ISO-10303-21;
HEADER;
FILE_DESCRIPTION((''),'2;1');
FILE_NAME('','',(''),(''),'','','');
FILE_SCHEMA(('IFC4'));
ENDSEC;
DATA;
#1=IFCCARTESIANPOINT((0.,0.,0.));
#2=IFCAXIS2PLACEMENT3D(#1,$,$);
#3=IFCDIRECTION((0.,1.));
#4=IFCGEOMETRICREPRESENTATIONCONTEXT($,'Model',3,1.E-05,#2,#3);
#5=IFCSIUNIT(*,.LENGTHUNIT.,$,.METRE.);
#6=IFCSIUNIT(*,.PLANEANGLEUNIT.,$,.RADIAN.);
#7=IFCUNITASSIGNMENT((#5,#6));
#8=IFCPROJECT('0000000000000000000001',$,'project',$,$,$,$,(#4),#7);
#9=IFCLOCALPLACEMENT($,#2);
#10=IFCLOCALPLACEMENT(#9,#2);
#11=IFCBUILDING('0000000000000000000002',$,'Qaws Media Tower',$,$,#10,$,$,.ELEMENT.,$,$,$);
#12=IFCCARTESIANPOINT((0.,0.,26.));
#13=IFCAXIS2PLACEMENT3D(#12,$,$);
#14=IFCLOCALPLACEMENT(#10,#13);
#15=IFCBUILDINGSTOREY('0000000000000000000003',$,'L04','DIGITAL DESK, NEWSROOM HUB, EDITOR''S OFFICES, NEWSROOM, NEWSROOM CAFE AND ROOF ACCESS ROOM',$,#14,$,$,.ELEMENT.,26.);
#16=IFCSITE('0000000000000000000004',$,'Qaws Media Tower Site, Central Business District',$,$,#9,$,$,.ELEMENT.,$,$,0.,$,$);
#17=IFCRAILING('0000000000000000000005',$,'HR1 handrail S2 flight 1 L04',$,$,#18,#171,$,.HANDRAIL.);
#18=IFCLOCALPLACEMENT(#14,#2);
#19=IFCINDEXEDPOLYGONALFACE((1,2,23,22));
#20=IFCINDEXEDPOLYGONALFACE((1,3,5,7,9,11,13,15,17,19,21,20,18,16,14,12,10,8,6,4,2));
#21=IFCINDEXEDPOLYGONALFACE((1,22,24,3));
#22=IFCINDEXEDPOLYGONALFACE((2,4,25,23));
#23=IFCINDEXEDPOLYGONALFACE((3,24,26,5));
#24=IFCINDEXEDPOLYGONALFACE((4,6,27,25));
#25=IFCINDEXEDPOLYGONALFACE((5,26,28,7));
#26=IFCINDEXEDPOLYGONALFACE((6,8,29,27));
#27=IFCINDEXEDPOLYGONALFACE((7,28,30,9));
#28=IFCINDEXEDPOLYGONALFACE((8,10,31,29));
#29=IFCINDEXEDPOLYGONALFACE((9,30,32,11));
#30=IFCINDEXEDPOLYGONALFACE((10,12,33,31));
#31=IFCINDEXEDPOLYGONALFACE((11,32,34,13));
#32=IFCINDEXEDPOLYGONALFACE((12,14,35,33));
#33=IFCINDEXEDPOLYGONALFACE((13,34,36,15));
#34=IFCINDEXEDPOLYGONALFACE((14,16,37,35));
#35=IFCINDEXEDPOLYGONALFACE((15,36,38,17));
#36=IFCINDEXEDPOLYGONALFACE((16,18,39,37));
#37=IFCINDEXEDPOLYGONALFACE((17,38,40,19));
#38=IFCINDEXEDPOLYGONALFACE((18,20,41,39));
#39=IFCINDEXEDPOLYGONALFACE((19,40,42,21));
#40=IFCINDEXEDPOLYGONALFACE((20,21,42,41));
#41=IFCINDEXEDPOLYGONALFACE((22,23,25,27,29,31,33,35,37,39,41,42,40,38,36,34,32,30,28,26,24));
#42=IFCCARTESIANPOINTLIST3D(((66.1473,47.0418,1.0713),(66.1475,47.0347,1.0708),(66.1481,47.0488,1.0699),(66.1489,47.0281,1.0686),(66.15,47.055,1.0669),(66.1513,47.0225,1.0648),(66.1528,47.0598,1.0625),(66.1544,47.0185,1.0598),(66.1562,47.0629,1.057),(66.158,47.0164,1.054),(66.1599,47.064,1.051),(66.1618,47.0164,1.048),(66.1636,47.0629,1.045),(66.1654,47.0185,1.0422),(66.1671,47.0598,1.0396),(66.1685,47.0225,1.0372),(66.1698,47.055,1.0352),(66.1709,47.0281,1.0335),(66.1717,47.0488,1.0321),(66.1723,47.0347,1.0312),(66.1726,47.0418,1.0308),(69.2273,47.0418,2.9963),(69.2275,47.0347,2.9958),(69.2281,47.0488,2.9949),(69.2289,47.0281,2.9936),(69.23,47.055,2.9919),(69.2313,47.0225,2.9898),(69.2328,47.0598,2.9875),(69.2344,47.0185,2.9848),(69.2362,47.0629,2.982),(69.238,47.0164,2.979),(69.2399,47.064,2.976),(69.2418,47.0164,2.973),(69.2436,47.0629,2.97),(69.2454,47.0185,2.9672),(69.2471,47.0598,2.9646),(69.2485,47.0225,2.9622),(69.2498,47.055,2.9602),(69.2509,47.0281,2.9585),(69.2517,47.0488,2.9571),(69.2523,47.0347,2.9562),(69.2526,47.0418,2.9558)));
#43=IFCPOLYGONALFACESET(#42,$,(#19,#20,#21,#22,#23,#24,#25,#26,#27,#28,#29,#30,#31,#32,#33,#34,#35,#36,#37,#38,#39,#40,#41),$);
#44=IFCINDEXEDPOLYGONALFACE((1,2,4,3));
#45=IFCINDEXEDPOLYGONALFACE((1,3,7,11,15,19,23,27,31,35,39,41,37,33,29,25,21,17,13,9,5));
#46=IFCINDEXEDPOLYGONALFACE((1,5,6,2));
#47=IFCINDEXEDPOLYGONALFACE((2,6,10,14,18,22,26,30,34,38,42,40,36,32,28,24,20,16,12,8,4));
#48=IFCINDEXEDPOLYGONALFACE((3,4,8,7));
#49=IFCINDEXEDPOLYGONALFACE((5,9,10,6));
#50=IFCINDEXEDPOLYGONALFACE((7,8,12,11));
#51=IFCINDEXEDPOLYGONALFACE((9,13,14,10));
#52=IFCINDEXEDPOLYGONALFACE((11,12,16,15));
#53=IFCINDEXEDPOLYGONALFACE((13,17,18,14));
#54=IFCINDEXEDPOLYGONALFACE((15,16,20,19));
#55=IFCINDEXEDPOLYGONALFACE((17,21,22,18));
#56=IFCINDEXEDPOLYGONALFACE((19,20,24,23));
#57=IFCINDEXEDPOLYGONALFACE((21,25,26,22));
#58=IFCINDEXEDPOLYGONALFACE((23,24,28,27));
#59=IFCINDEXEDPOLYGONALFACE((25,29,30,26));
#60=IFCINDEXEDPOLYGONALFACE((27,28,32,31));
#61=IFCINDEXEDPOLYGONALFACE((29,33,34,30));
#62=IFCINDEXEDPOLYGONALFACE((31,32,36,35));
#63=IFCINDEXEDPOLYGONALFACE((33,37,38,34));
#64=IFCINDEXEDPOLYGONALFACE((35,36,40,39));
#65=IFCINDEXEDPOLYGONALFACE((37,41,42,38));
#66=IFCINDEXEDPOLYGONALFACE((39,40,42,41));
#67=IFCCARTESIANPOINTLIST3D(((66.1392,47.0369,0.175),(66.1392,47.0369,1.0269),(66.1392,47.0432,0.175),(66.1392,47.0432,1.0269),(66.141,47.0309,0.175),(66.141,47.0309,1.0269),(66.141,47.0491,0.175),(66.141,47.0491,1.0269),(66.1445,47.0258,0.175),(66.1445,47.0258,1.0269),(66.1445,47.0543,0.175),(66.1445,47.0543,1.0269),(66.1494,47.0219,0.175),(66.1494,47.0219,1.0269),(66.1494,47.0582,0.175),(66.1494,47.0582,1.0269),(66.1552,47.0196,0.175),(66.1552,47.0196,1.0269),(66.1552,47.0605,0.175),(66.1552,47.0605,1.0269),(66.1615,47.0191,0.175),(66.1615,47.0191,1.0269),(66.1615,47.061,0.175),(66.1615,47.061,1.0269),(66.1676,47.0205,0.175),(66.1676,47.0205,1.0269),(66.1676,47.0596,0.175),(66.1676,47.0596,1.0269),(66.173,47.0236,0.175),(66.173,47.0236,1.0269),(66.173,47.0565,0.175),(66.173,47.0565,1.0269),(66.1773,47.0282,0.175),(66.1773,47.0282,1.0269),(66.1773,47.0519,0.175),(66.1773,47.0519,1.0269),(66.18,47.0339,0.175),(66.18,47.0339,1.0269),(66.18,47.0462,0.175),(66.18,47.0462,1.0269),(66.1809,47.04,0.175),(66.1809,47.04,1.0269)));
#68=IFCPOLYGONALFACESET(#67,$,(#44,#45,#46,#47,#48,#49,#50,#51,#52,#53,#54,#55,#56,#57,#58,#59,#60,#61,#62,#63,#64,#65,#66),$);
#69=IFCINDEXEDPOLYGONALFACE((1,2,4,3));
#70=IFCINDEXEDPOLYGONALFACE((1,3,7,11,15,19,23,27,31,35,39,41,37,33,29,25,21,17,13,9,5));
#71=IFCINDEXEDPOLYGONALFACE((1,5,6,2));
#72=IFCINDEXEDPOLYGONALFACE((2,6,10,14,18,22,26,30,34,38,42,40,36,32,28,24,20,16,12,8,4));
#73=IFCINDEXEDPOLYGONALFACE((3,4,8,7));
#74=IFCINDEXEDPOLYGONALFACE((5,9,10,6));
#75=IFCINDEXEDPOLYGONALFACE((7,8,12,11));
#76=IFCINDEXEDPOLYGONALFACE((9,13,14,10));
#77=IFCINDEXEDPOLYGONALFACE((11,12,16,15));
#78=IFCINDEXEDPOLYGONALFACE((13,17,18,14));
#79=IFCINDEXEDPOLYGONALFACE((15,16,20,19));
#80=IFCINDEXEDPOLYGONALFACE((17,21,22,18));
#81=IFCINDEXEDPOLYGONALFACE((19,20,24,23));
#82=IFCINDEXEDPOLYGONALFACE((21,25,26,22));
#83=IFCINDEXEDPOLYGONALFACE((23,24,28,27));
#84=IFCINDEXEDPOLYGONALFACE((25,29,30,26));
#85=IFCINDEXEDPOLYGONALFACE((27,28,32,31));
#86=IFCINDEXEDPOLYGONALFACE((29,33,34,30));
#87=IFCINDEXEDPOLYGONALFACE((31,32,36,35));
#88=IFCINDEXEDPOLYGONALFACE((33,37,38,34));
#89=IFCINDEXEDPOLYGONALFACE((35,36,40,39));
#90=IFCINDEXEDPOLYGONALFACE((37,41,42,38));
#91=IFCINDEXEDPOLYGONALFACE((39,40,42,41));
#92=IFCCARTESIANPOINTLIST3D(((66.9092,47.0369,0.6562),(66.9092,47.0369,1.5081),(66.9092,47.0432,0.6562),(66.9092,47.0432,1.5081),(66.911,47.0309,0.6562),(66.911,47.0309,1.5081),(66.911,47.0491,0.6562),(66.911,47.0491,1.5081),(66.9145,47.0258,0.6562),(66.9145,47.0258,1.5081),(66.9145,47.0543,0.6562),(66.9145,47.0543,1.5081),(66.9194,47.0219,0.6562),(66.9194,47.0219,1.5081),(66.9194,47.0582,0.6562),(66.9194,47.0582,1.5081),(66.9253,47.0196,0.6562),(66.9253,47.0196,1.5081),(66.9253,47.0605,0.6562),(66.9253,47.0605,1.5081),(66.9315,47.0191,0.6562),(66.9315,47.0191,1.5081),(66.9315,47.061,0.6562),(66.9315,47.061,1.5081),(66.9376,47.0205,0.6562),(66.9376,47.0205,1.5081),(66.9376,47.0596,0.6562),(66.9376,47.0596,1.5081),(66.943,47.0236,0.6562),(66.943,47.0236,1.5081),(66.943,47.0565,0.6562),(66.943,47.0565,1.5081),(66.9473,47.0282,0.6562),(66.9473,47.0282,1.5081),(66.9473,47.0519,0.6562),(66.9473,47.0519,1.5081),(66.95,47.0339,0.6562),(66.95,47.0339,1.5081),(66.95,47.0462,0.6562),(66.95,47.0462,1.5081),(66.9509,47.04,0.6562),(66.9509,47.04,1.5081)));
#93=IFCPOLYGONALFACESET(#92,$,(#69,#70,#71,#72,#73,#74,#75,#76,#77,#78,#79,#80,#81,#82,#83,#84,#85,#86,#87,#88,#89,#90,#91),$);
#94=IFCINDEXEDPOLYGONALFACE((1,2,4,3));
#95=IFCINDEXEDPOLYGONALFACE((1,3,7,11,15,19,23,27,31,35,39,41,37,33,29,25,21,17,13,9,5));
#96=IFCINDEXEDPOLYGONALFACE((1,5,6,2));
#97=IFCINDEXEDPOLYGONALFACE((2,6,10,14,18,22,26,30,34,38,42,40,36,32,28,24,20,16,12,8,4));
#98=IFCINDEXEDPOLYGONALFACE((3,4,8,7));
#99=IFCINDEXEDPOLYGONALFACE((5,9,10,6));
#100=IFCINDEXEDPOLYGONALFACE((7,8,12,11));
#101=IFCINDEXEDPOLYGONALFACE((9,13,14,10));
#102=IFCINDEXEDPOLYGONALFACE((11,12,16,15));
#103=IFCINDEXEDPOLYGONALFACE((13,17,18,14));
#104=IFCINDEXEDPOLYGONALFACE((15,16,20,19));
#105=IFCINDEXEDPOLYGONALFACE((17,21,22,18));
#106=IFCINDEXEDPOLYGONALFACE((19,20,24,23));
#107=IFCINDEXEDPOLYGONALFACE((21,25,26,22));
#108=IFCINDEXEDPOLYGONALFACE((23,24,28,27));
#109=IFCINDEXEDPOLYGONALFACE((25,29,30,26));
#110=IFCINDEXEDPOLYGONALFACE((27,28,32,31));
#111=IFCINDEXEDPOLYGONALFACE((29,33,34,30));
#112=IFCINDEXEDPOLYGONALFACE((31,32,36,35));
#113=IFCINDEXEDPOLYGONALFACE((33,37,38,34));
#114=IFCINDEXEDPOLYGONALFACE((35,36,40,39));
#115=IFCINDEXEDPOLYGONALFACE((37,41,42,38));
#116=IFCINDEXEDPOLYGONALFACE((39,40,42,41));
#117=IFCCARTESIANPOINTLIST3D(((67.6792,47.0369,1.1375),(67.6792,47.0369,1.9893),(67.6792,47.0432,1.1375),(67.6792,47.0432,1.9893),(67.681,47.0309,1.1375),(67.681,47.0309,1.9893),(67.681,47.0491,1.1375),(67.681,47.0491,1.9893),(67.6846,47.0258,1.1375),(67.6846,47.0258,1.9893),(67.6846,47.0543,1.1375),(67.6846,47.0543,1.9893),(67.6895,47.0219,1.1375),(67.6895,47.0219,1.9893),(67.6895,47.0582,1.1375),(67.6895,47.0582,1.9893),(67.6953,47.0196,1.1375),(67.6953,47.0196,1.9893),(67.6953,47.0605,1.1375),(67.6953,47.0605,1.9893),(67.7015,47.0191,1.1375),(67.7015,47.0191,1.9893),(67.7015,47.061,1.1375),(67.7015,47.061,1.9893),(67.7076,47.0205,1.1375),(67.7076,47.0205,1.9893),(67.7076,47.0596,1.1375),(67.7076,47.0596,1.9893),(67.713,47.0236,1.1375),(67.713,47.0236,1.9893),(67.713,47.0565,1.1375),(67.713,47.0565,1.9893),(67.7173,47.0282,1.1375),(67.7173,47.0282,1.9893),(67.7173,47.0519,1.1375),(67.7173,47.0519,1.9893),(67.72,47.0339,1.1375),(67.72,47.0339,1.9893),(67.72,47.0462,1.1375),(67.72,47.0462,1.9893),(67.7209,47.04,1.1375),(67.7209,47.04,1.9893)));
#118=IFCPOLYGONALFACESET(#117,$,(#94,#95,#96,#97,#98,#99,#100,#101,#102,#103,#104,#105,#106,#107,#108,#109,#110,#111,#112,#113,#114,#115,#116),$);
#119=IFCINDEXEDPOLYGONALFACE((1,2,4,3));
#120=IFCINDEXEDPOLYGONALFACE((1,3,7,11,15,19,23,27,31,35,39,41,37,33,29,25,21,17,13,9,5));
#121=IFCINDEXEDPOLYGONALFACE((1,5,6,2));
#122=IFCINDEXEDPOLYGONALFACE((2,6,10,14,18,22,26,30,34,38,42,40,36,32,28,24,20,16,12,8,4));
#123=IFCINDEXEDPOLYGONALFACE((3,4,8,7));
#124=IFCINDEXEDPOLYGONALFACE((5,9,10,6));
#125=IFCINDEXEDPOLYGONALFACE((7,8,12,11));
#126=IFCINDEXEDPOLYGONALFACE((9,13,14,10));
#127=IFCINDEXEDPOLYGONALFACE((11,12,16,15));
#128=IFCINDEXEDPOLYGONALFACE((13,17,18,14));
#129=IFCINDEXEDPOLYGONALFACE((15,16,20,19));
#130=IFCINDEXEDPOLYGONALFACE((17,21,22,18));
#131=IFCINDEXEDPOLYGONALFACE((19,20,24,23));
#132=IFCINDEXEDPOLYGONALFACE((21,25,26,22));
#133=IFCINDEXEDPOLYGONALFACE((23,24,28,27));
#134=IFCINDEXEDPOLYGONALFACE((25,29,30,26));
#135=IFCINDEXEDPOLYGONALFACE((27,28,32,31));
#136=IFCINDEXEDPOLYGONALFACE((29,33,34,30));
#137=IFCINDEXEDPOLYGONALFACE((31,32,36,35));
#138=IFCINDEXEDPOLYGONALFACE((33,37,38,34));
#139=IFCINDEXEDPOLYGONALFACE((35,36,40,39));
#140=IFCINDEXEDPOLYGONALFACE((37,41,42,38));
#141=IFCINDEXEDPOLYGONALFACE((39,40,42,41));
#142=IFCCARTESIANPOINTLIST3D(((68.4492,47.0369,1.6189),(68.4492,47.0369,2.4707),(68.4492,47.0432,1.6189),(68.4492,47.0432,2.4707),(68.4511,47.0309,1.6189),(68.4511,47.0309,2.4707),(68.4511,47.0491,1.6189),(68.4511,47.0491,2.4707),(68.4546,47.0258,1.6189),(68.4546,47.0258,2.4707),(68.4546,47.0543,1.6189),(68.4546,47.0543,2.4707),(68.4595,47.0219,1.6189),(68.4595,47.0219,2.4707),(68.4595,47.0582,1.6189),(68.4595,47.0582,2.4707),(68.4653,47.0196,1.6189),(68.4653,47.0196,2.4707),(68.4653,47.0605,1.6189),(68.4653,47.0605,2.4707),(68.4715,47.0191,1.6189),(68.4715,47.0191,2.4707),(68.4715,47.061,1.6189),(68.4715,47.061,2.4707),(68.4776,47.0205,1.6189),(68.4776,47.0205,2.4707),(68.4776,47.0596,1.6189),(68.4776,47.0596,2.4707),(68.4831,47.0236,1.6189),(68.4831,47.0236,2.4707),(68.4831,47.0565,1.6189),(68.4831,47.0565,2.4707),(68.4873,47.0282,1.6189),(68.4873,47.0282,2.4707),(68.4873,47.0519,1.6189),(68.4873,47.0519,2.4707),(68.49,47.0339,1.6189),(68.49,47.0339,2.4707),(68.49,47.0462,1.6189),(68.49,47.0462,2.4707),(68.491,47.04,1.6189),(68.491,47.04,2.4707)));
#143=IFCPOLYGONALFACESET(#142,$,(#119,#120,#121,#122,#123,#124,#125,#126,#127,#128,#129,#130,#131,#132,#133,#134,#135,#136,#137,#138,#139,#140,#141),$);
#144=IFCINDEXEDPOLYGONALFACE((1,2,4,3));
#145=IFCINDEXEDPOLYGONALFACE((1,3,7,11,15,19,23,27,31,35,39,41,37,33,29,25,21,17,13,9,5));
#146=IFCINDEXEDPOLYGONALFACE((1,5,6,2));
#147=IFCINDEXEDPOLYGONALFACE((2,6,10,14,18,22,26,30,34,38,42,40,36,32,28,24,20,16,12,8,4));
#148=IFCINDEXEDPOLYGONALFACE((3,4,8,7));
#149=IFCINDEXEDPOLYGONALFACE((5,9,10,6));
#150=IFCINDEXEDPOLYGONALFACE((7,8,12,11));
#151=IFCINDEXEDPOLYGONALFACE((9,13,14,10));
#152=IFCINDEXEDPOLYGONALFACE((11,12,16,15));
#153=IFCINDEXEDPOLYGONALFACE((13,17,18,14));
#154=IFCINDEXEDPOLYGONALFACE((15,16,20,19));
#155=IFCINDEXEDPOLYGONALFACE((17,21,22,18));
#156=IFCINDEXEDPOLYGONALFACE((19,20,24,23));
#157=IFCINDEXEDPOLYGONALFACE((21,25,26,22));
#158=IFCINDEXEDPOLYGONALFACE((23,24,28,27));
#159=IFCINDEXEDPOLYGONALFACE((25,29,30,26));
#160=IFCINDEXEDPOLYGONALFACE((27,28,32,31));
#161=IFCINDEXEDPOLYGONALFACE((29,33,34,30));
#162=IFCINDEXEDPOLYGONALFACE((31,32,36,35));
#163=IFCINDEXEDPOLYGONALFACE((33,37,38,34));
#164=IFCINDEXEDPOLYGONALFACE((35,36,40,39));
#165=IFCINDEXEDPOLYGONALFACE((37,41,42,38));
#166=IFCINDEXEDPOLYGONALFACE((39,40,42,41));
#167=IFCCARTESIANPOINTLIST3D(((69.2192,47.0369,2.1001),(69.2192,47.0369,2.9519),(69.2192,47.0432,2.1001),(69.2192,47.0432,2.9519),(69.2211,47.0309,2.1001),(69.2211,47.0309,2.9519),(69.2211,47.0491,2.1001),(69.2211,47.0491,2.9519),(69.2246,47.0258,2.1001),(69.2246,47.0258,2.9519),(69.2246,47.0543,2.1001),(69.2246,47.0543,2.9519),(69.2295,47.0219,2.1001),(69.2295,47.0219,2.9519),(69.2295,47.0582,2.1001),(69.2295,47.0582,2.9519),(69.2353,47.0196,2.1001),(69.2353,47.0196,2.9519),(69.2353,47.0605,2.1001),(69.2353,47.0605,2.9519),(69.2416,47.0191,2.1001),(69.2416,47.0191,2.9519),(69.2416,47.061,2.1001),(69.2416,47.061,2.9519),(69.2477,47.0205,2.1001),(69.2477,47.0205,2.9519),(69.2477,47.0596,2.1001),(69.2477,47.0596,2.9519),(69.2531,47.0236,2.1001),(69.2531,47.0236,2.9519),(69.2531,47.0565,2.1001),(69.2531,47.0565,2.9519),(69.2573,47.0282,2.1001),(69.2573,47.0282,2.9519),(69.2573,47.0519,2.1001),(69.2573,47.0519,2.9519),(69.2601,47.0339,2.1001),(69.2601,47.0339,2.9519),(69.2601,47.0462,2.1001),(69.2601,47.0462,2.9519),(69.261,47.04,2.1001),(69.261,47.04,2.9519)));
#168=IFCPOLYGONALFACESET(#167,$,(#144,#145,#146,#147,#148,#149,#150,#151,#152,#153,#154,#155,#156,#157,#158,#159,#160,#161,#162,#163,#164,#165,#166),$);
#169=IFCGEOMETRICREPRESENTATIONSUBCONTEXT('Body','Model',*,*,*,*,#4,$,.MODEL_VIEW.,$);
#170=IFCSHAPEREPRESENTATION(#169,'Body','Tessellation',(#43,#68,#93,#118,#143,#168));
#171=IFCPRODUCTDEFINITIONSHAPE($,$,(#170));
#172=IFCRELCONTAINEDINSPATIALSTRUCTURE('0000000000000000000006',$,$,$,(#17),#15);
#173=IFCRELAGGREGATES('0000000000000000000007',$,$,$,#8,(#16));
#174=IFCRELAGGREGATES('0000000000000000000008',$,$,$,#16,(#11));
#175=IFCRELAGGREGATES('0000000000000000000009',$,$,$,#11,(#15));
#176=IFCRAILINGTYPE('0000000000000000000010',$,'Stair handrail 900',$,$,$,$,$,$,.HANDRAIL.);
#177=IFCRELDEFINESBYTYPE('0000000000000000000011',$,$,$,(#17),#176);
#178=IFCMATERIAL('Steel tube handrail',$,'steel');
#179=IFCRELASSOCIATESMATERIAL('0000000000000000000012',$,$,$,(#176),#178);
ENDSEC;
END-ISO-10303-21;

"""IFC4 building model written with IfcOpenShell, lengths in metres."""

from ifc_helpers import new_model, si_unit, direction, frame, origin, origin_2d, place, context, subcontext, project, spatial, circle, extrude, material, type_object, element, save


model = new_model("IFC4")

# Units and contexts
model_context = context("Model", 3, precision=1e-05, world=origin(), true_north=direction((0.0, 1.0)))
body_context = subcontext(model_context, "Body", "Model", "MODEL_VIEW")
ifc_project = project(units=[si_unit("LENGTHUNIT", "METRE"), si_unit("PLANEANGLEUNIT", "RADIAN")], contexts=[model_context])

# Site, building, storey
site_placement = place(None, origin())
site = spatial("IfcSite", under=ifc_project, at=site_placement, Name="Qaws Media Tower Site, Central Business District", CompositionType="ELEMENT", RefElevation=0.0)
building_placement = place(site_placement, origin())
building = spatial("IfcBuilding", under=site, at=building_placement, Name="Qaws Media Tower", CompositionType="ELEMENT")
storey_placement = place(building_placement, frame((0.0, 0.0, 26.0)))
storey = spatial("IfcBuildingStorey", under=building, at=storey_placement, Name="L04", Description="DIGITAL DESK, NEWSROOM HUB, EDITOR'S OFFICES, NEWSROOM, NEWSROOM CAFE AND ROOF ACCESS ROOM", CompositionType="ELEMENT", Elevation=26.0)

# Railing
ifc_material_1 = material(Name="Steel tube handrail", Category="steel")
railing_type = type_object("IfcRailingType", Name="Stair handrail 900", PredefinedType="HANDRAIL", material=ifc_material_1)
for number, where, name in (
    (1, (66.1599, 47.04, 0.175), "HR1 handrail S2 flight 1 L04"),
):
    element("IfcRailing", number, at=place(storey_placement, frame(where)), inside=storey, type_object=railing_type, Name=name, PredefinedType="HANDRAIL", context=body_context, shape_type="SweptSolid", body=[
        extrude(circle(Radius=0.0239, at=origin_2d()), frame((0.0, 0.0, 0.876), z_axis=(0.847998, 0.0, 0.529999), x_axis=(0.0, 1.0, 0.0)), (0.0, 0.0, 1.0), 3.6321),
        extrude(circle(Radius=0.021, at=origin_2d()), origin(), (0.0, 0.0, 1.0), 0.8518),
        extrude(circle(Radius=0.021, at=origin_2d()), frame((0.77, 0.0, 0.4812)), (0.0, 0.0, 1.0), 0.8518),
        extrude(circle(Radius=0.021, at=origin_2d()), frame((1.54, 0.0, 0.9624)), (0.0, 0.0, 1.0), 0.8518),
        extrude(circle(Radius=0.021, at=origin_2d()), frame((2.3101, 0.0, 1.4438)), (0.0, 0.0, 1.0), 0.8518),
        extrude(circle(Radius=0.021, at=origin_2d()), frame((3.0801, 0.0, 1.925)), (0.0, 0.0, 1.0), 0.8518),
    ])

save(model, "model.ifc")
